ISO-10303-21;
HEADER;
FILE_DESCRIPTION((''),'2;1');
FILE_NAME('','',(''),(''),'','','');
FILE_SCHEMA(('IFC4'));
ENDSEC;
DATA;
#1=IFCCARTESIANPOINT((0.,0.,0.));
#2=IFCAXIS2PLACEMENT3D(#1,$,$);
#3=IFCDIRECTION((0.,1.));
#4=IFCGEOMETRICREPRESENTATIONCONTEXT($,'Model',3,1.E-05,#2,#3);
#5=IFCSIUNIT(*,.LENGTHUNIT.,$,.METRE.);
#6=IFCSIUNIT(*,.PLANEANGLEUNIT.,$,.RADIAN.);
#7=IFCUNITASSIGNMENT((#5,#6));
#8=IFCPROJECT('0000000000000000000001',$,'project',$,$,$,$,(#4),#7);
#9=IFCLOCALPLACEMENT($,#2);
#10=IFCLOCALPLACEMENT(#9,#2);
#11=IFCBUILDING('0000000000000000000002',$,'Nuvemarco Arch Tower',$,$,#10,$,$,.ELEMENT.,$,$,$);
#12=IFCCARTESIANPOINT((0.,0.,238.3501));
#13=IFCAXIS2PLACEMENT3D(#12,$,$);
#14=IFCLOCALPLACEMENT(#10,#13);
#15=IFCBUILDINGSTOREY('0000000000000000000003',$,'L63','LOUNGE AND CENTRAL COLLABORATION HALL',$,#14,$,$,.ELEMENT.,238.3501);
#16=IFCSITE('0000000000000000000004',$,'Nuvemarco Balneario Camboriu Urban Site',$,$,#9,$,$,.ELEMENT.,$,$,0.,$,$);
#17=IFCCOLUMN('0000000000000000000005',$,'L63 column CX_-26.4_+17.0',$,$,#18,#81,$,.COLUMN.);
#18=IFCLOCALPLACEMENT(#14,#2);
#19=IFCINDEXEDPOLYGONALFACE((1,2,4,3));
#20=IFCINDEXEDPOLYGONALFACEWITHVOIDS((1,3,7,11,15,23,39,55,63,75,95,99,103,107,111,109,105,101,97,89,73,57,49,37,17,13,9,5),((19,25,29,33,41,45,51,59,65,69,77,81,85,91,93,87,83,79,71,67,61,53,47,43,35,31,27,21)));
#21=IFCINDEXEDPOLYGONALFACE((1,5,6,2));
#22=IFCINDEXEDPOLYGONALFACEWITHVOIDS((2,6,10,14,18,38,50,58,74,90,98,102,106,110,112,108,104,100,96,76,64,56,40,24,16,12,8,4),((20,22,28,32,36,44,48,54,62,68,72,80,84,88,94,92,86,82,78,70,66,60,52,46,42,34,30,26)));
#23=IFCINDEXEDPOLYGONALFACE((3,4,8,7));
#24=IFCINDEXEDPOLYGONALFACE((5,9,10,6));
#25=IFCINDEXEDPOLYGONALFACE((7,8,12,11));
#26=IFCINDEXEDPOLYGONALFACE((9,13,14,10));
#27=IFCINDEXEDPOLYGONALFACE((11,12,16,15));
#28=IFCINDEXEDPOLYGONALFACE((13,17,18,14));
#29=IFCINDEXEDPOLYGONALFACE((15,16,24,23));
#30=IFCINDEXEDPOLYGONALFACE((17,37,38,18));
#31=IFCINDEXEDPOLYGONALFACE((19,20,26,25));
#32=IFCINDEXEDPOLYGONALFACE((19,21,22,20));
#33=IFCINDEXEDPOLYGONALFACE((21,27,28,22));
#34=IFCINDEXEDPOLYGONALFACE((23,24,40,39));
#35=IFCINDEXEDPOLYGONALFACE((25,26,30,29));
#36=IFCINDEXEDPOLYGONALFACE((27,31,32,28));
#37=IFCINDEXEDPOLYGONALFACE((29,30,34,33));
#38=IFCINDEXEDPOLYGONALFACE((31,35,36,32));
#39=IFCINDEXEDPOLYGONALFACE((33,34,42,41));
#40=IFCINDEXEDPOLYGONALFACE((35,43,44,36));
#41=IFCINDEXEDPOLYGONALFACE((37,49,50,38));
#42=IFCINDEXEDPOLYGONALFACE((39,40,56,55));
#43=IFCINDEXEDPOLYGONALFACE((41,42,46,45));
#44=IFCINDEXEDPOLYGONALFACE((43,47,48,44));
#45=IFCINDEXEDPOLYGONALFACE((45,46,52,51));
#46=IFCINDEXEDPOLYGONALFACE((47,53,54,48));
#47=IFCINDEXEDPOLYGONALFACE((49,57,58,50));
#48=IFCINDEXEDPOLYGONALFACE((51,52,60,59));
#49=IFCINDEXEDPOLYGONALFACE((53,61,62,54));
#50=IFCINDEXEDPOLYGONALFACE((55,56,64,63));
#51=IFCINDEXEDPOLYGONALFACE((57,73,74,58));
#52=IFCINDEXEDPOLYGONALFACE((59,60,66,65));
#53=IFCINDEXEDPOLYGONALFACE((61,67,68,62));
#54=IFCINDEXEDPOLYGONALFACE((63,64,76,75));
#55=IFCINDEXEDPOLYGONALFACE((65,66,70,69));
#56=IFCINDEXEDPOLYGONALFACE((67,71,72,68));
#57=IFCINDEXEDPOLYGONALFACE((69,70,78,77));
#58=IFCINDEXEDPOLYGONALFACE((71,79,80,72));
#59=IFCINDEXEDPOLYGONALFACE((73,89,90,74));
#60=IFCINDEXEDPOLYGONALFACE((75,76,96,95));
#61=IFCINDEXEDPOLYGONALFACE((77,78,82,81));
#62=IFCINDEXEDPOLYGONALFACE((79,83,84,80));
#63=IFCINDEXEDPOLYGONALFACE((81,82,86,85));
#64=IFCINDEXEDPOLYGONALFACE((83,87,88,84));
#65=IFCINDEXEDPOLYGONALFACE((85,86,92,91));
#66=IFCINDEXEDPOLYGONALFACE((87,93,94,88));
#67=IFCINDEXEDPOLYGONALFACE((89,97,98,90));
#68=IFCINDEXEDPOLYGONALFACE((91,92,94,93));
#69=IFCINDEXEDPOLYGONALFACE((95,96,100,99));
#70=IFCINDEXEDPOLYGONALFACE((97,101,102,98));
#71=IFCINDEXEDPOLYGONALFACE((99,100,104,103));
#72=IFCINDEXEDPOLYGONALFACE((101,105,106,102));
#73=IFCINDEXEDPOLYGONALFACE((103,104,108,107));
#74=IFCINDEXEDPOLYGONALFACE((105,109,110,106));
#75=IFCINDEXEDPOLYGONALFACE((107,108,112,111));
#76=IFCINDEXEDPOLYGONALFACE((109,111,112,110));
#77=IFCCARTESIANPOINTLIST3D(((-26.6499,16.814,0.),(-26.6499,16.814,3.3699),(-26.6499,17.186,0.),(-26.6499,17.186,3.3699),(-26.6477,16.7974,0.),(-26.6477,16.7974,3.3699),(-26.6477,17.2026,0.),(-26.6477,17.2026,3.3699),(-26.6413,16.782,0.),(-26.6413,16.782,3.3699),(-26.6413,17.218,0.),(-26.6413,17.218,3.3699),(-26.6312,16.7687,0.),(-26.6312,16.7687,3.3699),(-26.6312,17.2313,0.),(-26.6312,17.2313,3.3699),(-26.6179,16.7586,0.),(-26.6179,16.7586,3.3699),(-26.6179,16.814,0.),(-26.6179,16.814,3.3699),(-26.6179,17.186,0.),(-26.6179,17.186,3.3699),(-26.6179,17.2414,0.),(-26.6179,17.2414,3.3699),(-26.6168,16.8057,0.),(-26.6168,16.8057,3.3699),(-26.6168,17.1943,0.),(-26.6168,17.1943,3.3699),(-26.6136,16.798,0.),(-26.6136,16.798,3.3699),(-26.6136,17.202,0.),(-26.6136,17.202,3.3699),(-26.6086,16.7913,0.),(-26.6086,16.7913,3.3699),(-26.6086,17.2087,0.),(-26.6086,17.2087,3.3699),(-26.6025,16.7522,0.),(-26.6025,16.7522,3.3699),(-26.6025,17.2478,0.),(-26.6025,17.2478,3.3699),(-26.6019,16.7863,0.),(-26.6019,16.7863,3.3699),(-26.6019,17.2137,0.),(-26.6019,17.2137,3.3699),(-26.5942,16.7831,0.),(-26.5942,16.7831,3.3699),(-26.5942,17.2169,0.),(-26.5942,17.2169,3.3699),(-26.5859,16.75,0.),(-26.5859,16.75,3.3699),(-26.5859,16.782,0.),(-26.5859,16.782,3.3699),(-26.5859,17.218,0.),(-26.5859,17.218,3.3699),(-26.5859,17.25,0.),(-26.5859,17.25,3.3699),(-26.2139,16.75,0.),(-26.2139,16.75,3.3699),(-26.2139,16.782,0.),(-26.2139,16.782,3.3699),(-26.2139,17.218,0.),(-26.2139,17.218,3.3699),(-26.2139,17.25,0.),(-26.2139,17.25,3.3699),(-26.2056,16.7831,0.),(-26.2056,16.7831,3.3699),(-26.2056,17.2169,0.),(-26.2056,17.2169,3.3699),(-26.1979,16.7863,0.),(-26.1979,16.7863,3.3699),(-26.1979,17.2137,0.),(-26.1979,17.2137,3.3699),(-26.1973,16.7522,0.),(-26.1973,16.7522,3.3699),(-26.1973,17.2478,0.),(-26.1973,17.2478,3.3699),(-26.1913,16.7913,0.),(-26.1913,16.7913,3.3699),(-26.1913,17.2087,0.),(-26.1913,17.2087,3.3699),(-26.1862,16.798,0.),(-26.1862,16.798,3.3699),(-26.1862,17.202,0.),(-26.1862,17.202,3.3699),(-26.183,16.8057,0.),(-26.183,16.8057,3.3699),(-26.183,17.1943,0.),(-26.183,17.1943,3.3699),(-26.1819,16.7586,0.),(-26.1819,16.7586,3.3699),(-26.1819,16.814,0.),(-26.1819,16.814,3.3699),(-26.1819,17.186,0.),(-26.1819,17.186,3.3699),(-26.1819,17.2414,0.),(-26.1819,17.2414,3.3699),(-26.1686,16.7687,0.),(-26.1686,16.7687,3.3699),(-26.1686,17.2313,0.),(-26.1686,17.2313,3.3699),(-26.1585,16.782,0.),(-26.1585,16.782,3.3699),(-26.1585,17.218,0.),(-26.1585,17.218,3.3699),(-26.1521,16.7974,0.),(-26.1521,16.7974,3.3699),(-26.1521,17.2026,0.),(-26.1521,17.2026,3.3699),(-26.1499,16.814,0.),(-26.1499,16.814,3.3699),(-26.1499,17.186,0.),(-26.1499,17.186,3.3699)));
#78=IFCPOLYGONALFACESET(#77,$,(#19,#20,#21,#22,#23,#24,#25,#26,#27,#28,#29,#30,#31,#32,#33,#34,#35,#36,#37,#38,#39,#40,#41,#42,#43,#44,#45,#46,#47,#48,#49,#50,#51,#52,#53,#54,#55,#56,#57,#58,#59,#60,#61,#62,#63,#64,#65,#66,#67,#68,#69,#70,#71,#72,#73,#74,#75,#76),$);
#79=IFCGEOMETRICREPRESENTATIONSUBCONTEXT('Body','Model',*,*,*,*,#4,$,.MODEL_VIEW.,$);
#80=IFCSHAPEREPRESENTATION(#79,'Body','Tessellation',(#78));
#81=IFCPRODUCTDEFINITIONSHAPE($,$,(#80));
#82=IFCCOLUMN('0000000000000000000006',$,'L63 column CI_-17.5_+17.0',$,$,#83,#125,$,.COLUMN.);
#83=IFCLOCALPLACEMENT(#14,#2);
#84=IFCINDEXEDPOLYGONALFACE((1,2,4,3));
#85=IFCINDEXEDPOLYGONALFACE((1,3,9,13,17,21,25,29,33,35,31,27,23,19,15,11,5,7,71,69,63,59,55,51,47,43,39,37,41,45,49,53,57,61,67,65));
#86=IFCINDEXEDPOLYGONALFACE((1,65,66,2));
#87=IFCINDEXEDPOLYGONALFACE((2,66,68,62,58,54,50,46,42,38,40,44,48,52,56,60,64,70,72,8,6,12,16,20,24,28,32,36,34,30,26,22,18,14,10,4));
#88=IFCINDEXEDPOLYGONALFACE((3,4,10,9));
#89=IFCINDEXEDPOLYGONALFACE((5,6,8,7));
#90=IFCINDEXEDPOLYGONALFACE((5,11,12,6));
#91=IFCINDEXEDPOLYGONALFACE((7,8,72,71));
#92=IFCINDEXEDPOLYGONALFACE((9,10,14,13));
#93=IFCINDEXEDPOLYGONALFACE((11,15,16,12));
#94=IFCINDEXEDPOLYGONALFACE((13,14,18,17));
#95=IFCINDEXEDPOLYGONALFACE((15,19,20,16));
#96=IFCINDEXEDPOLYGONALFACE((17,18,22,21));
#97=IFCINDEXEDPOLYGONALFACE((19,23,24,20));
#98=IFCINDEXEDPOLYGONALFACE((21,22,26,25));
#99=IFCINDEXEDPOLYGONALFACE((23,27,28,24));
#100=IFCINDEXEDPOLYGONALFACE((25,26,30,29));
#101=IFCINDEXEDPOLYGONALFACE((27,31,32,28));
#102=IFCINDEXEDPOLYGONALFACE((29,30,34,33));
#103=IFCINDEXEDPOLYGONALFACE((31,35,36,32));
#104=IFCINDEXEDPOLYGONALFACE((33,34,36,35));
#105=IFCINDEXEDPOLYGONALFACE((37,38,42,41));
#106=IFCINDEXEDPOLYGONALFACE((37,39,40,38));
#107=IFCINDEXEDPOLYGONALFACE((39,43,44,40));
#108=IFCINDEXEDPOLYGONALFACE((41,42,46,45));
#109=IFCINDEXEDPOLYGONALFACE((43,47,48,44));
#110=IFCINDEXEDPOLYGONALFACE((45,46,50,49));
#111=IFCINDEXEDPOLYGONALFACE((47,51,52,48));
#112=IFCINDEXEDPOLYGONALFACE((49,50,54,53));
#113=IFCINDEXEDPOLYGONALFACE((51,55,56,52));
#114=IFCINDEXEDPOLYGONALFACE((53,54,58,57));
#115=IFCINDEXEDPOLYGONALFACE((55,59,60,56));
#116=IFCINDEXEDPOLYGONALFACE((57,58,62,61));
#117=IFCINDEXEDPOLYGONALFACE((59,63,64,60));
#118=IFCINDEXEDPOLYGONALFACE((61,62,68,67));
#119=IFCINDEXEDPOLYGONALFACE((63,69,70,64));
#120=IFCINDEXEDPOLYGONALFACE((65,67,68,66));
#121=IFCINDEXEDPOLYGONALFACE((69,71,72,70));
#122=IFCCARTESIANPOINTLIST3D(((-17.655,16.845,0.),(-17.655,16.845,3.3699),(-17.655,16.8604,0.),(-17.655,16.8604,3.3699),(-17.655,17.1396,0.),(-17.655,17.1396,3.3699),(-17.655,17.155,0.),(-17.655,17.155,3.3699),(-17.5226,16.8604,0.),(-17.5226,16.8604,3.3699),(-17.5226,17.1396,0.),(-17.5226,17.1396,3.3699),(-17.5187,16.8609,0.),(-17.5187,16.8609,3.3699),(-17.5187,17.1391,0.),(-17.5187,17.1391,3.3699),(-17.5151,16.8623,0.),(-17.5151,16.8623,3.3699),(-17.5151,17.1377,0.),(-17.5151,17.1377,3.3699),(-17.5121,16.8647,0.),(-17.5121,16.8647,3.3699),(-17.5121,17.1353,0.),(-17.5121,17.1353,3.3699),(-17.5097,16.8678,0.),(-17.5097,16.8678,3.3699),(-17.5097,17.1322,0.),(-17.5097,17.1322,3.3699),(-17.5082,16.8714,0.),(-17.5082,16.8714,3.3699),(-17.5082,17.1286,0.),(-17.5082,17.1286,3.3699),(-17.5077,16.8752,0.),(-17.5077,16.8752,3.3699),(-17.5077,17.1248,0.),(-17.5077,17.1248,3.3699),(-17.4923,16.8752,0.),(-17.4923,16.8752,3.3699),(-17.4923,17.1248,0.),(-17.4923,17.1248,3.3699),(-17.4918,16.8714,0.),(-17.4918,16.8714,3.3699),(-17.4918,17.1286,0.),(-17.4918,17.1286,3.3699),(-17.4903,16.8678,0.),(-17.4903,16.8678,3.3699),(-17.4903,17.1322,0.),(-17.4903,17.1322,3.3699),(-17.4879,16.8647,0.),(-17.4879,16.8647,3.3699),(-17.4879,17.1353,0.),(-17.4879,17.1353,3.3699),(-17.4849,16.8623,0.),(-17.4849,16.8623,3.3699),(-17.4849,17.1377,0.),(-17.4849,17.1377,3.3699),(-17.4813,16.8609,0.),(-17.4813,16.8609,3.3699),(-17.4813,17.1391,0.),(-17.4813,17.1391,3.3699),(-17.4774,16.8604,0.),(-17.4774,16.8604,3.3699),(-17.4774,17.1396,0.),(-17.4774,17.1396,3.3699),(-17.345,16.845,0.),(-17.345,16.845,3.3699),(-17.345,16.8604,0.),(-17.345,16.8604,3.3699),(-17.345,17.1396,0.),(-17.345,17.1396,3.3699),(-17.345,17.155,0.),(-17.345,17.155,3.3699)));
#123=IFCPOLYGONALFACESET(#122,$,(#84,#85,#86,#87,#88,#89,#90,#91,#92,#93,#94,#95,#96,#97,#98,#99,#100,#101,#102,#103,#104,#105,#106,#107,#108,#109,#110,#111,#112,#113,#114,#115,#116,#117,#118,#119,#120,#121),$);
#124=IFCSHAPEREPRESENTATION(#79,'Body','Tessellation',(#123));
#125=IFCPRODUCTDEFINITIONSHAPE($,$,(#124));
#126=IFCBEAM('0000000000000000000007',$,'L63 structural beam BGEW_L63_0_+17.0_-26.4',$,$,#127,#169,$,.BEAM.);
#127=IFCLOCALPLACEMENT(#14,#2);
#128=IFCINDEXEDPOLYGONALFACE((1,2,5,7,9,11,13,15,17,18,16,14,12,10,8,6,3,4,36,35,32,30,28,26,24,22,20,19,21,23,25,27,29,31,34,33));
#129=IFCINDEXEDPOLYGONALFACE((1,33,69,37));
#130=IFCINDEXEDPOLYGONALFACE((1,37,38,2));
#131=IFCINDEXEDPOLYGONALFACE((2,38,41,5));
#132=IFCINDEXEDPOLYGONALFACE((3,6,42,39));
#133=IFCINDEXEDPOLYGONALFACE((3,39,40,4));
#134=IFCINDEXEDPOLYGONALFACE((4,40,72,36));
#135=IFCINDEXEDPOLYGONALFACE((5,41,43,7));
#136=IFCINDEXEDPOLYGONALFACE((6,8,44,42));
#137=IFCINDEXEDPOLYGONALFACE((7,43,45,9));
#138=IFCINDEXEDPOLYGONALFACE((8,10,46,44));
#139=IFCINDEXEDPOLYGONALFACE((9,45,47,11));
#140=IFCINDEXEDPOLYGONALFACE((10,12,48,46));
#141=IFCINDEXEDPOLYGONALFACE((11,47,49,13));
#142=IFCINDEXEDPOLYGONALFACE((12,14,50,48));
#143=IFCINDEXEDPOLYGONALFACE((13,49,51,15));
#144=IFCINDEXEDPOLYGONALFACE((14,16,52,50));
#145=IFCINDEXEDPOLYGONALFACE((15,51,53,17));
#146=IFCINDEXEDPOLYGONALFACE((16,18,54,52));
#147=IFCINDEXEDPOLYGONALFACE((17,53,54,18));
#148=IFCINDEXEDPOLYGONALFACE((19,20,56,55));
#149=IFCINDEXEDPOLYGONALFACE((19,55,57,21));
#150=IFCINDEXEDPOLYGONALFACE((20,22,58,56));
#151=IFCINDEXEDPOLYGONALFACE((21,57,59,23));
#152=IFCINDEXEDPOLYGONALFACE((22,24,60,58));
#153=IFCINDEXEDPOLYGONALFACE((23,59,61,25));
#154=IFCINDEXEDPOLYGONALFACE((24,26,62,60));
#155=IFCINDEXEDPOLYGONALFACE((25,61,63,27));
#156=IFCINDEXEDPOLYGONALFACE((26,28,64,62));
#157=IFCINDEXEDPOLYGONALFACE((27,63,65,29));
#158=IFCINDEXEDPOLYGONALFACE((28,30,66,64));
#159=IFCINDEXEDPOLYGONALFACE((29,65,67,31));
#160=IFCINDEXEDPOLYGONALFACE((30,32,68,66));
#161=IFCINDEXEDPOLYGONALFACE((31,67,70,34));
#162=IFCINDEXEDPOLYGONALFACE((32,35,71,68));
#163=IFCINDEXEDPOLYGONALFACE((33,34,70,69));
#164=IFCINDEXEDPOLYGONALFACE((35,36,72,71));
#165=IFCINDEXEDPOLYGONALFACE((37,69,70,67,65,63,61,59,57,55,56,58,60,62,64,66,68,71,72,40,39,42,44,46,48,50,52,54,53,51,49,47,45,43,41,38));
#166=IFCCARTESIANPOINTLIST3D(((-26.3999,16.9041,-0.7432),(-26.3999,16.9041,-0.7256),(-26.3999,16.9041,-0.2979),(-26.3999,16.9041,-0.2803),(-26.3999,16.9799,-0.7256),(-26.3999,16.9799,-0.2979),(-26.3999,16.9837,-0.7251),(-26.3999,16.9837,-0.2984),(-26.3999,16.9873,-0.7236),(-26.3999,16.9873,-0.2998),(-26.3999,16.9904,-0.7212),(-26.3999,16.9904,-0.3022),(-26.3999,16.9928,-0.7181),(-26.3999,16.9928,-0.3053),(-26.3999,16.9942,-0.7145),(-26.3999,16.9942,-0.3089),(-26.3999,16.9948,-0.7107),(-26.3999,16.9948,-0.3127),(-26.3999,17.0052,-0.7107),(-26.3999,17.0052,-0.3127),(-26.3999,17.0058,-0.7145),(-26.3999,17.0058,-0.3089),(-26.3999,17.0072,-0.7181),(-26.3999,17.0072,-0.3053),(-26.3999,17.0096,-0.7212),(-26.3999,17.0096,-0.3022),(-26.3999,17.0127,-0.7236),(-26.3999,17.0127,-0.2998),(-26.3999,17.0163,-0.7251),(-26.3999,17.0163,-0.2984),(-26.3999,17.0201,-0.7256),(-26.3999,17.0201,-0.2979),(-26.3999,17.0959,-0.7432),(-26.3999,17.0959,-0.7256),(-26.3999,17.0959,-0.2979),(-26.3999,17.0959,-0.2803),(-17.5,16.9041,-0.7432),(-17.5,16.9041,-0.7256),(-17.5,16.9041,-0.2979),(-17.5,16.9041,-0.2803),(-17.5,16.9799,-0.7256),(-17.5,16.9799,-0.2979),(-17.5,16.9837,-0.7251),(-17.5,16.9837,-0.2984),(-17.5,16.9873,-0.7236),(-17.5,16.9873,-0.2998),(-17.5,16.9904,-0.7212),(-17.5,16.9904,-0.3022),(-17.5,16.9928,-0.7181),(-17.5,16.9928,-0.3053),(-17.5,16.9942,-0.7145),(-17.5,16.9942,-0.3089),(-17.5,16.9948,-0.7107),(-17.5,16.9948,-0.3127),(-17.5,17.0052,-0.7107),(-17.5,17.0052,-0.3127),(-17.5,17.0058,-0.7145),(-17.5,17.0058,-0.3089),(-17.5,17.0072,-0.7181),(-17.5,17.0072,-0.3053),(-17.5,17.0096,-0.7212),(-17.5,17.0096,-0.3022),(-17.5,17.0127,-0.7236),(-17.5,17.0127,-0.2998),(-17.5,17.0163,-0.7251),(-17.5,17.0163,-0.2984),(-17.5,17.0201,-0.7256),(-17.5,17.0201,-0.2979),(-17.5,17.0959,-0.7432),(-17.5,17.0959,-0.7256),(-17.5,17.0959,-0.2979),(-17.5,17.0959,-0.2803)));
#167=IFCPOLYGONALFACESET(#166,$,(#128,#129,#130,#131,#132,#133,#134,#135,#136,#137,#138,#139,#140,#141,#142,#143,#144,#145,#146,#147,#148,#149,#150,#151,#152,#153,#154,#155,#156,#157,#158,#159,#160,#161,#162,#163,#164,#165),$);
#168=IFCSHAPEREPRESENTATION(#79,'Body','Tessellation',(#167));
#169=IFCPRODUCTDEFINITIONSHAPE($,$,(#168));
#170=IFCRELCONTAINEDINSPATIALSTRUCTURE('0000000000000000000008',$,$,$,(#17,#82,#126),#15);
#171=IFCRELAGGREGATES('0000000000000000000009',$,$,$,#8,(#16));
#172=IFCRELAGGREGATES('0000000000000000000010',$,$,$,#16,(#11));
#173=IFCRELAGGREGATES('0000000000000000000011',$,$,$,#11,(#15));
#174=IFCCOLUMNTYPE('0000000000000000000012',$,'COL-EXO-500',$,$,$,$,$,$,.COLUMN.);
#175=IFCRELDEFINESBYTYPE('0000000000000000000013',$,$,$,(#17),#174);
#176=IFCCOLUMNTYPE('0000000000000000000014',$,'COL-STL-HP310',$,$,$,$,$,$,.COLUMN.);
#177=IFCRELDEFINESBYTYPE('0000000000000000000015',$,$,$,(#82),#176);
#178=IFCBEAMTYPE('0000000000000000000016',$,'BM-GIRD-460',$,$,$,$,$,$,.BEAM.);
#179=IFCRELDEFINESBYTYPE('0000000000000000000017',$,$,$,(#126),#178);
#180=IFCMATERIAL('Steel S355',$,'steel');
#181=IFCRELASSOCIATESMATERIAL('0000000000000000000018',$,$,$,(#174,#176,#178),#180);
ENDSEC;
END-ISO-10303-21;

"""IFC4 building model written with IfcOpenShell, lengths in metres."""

from ifc_helpers import new_model, si_unit, direction, frame, origin, origin_2d, place, context, subcontext, project, spatial, hollow_rectangle, i_section, extrude, material, material_profile, profile_set, type_object, element, save


model = new_model("IFC4")

# Units and contexts
model_context = context("Model", 3, precision=1e-05, world=origin(), true_north=direction((0.0, 1.0)))
body_context = subcontext(model_context, "Body", "Model", "MODEL_VIEW")
ifc_project = project(units=[si_unit("LENGTHUNIT", "METRE"), si_unit("PLANEANGLEUNIT", "RADIAN")], contexts=[model_context])

# Site, building, storey
site_placement = place(None, origin())
site = spatial("IfcSite", under=ifc_project, at=site_placement, Name="Nuvemarco Balneario Camboriu Urban Site", CompositionType="ELEMENT", RefElevation=0.0)
building_placement = place(site_placement, origin())
building = spatial("IfcBuilding", under=site, at=building_placement, Name="Nuvemarco Arch Tower", CompositionType="ELEMENT")
storey_placement = place(building_placement, frame((0.0, 0.0, 238.3501)))
storey = spatial("IfcBuildingStorey", under=building, at=storey_placement, Name="L63", Description="LOUNGE AND CENTRAL COLLABORATION HALL", CompositionType="ELEMENT", Elevation=238.3501)

# Columns
ifc_material_1 = material(Name="Steel S355", Category="steel")
ifc_material_profile_1 = material_profile(ifc_material_1, hollow_rectangle(XDim=0.5, YDim=0.5, WallThickness=0.032, InnerFilletRadius=0.032, OuterFilletRadius=0.064, at=origin_2d()), Name="SHS500x500x32")
ifc_profile_set_1 = profile_set([ifc_material_profile_1], Name="Steel S355")
column_type_1 = type_object("IfcColumnType", Name="COL-EXO-500", PredefinedType="COLUMN", material=ifc_profile_set_1)
column_1_placement = place(storey_placement, frame((-26.3999, 17.0, 0.0), z_axis=(0.0, 0.0, 1.0), x_axis=(1.0, 0.0, 0.0)))
element("IfcColumn", 1, at=column_1_placement, inside=storey, type_object=column_type_1, Name="L63 column CX_-26.4_+17.0", PredefinedType="COLUMN", context=body_context, shape_type="SweptSolid", body=[
    extrude(hollow_rectangle(XDim=0.5, YDim=0.5, WallThickness=0.032, InnerFilletRadius=0.032, OuterFilletRadius=0.064, at=origin_2d()), origin(), (0.0, 0.0, 1.0), 3.3699),
])
ifc_material_profile_2 = material_profile(ifc_material_1, i_section(OverallWidth=0.3101, OverallDepth=0.3101, WebThickness=0.0154, FlangeThickness=0.0154, FilletRadius=0.0149, at=origin_2d()), Name="HP310x110")
ifc_profile_set_2 = profile_set([ifc_material_profile_2], Name="Steel S355")
column_type_2 = type_object("IfcColumnType", Name="COL-STL-HP310", PredefinedType="COLUMN", material=ifc_profile_set_2)
column_2_placement = place(storey_placement, frame((-17.5, 17.0, 0.0), z_axis=(0.0, 0.0, 1.0), x_axis=(1.0, 0.0, 0.0)))
element("IfcColumn", 2, at=column_2_placement, inside=storey, type_object=column_type_2, Name="L63 column CI_-17.5_+17.0", PredefinedType="COLUMN", context=body_context, shape_type="SweptSolid", body=[
    extrude(i_section(OverallWidth=0.3101, OverallDepth=0.3101, WebThickness=0.0154, FlangeThickness=0.0154, FilletRadius=0.0149, at=origin_2d()), origin(), (0.0, 0.0, 1.0), 3.3699),
])

# Beam
ifc_material_profile_3 = material_profile(ifc_material_1, i_section(OverallWidth=0.1919, OverallDepth=0.4629, WebThickness=0.0105, FlangeThickness=0.0176, FilletRadius=0.0149, at=origin_2d()), Name="W460x89")
ifc_profile_set_3 = profile_set([ifc_material_profile_3], Name="Steel S355")
beam_type_1 = type_object("IfcBeamType", Name="BM-GIRD-460", PredefinedType="BEAM", material=ifc_profile_set_3)
beam_1_placement = place(storey_placement, frame((-26.3999, 17.0, -0.5117), z_axis=(1.0, 0.0, 0.0), x_axis=(0.0, 1.0, 0.0)))
element("IfcBeam", 3, at=beam_1_placement, inside=storey, type_object=beam_type_1, Name="L63 structural beam BGEW_L63_0_+17.0_-26.4", PredefinedType="BEAM", context=body_context, shape_type="SweptSolid", body=[
    extrude(i_section(OverallWidth=0.1919, OverallDepth=0.4629, WebThickness=0.0105, FlangeThickness=0.0176, FilletRadius=0.0149, at=origin_2d()), origin(), (0.0, 0.0, 1.0), 8.8999),
])

save(model, "model.ifc")
